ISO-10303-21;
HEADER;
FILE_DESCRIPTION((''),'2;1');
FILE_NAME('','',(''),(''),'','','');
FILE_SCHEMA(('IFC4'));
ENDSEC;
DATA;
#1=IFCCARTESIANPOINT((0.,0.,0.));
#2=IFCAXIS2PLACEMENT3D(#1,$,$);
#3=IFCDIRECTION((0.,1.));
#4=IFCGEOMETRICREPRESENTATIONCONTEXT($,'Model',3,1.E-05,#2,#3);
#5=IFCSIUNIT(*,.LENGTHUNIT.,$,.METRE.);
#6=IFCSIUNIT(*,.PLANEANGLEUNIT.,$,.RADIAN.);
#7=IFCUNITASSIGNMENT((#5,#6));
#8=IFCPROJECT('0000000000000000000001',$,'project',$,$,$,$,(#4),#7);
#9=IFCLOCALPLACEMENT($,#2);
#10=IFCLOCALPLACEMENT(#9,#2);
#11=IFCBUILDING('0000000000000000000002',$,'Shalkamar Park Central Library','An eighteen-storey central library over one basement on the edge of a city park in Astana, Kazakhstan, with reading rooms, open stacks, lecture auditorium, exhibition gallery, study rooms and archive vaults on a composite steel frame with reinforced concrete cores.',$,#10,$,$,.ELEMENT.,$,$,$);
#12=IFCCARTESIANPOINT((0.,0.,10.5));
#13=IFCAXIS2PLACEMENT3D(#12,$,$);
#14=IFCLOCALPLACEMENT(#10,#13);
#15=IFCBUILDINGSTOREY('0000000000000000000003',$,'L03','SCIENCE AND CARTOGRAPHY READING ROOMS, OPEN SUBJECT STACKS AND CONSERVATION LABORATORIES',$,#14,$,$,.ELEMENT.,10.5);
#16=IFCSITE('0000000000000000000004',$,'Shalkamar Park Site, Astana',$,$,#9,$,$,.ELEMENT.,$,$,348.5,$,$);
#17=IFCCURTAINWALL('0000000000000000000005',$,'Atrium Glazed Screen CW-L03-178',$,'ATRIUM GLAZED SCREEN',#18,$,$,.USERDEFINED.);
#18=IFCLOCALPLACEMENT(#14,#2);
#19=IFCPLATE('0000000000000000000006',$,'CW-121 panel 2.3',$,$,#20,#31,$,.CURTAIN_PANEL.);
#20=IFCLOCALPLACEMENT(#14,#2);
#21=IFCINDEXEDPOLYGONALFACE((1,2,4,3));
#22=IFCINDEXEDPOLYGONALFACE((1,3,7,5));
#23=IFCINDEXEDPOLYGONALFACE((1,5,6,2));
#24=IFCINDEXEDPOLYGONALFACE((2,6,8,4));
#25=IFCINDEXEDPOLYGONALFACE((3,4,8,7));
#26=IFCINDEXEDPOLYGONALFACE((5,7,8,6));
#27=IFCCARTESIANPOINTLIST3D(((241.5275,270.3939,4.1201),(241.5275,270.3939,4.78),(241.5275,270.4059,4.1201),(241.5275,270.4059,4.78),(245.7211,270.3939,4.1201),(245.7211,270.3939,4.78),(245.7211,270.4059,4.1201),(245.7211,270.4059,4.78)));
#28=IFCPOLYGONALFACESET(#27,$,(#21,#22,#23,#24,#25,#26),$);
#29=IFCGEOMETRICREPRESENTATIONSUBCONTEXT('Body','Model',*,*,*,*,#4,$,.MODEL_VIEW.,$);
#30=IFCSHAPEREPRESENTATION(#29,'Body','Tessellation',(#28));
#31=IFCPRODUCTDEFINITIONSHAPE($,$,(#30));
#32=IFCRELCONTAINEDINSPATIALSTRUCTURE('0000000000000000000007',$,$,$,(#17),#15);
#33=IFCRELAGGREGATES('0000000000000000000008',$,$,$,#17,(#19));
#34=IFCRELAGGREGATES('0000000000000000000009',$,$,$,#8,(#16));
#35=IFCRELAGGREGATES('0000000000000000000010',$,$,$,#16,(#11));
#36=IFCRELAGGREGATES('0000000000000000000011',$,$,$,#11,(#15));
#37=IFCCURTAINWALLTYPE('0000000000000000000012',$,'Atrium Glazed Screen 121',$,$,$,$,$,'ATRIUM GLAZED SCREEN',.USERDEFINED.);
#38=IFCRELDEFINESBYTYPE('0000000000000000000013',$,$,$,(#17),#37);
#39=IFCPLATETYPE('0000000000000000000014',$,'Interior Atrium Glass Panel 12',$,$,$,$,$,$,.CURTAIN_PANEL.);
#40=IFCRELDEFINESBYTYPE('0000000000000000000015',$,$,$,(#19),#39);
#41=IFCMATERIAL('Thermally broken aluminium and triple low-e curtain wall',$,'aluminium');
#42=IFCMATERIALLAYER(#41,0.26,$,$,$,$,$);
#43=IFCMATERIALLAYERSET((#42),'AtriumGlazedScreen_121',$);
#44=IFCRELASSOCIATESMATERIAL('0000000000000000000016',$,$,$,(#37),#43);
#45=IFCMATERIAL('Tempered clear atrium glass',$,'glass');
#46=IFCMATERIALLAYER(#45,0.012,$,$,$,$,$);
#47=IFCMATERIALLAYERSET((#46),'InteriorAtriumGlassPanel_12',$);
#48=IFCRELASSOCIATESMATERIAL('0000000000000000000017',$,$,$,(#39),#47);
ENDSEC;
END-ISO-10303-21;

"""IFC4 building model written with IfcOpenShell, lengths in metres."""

from ifc_helpers import new_model, si_unit, direction, frame, origin, origin_2d, place, context, subcontext, project, spatial, rectangle, extrude, material, layer, layer_set, type_object, element, aggregate, save


model = new_model("IFC4")

# Units and contexts
model_context = context("Model", 3, precision=1e-05, world=origin(), true_north=direction((0.0, 1.0)))
body_context = subcontext(model_context, "Body", "Model", "MODEL_VIEW")
ifc_project = project(units=[si_unit("LENGTHUNIT", "METRE"), si_unit("PLANEANGLEUNIT", "RADIAN")], contexts=[model_context])

# Site, building, storey
site_placement = place(None, origin())
site = spatial("IfcSite", under=ifc_project, at=site_placement, Name="Shalkamar Park Site, Astana", CompositionType="ELEMENT", RefElevation=348.5)
building_placement = place(site_placement, origin())
building = spatial("IfcBuilding", under=site, at=building_placement, Name="Shalkamar Park Central Library", Description="An eighteen-storey central library over one basement on the edge of a city park in Astana, Kazakhstan, with reading rooms, open stacks, lecture auditorium, exhibition gallery, study rooms and archive vaults on a composite steel frame with reinforced concrete cores.", CompositionType="ELEMENT")
storey_placement = place(building_placement, frame((0.0, 0.0, 10.5)))
storey = spatial("IfcBuildingStorey", under=building, at=storey_placement, Name="L03", Description="SCIENCE AND CARTOGRAPHY READING ROOMS, OPEN SUBJECT STACKS AND CONSERVATION LABORATORIES", CompositionType="ELEMENT", Elevation=10.5)

# Curtain wall
ifc_material_1 = material(Name="Thermally broken aluminium and triple low-e curtain wall", Category="aluminium")
ifc_layer_1 = layer(ifc_material_1, 0.26)
ifc_layer_set_1 = layer_set([ifc_layer_1], Name="AtriumGlazedScreen_121")
curtain_wall_type = type_object("IfcCurtainWallType", Name="Atrium Glazed Screen 121", ElementType="ATRIUM GLAZED SCREEN", PredefinedType="USERDEFINED", material=ifc_layer_set_1)
curtain_wall_placement = place(storey_placement, origin())
curtain_wall = element("IfcCurtainWall", 1, at=curtain_wall_placement, inside=storey, type_object=curtain_wall_type, Name="Atrium Glazed Screen CW-L03-178", ObjectType="ATRIUM GLAZED SCREEN", PredefinedType="USERDEFINED")

# Plate
ifc_material_2 = material(Name="Tempered clear atrium glass", Category="glass")
ifc_layer_2 = layer(ifc_material_2, 0.012)
ifc_layer_set_2 = layer_set([ifc_layer_2], Name="InteriorAtriumGlassPanel_12")
plate_type = type_object("IfcPlateType", Name="Interior Atrium Glass Panel 12", PredefinedType="CURTAIN_PANEL", material=ifc_layer_set_2)
plate_1_placement = place(storey_placement, frame((243.6243, 270.3999, 4.1201), z_axis=(0.0, 0.0, 1.0), x_axis=(1.0, 0.0, 0.0)))
plate_1 = element("IfcPlate", 2, at=plate_1_placement, type_object=plate_type, Name="CW-121 panel 2.3", PredefinedType="CURTAIN_PANEL", context=body_context, shape_type="SweptSolid", body=[
    extrude(rectangle(XDim=4.1936, YDim=0.012, at=origin_2d()), origin(), (0.0, 0.0, 1.0), 0.6599),
])
aggregate(curtain_wall, [plate_1])

save(model, "model.ifc")
